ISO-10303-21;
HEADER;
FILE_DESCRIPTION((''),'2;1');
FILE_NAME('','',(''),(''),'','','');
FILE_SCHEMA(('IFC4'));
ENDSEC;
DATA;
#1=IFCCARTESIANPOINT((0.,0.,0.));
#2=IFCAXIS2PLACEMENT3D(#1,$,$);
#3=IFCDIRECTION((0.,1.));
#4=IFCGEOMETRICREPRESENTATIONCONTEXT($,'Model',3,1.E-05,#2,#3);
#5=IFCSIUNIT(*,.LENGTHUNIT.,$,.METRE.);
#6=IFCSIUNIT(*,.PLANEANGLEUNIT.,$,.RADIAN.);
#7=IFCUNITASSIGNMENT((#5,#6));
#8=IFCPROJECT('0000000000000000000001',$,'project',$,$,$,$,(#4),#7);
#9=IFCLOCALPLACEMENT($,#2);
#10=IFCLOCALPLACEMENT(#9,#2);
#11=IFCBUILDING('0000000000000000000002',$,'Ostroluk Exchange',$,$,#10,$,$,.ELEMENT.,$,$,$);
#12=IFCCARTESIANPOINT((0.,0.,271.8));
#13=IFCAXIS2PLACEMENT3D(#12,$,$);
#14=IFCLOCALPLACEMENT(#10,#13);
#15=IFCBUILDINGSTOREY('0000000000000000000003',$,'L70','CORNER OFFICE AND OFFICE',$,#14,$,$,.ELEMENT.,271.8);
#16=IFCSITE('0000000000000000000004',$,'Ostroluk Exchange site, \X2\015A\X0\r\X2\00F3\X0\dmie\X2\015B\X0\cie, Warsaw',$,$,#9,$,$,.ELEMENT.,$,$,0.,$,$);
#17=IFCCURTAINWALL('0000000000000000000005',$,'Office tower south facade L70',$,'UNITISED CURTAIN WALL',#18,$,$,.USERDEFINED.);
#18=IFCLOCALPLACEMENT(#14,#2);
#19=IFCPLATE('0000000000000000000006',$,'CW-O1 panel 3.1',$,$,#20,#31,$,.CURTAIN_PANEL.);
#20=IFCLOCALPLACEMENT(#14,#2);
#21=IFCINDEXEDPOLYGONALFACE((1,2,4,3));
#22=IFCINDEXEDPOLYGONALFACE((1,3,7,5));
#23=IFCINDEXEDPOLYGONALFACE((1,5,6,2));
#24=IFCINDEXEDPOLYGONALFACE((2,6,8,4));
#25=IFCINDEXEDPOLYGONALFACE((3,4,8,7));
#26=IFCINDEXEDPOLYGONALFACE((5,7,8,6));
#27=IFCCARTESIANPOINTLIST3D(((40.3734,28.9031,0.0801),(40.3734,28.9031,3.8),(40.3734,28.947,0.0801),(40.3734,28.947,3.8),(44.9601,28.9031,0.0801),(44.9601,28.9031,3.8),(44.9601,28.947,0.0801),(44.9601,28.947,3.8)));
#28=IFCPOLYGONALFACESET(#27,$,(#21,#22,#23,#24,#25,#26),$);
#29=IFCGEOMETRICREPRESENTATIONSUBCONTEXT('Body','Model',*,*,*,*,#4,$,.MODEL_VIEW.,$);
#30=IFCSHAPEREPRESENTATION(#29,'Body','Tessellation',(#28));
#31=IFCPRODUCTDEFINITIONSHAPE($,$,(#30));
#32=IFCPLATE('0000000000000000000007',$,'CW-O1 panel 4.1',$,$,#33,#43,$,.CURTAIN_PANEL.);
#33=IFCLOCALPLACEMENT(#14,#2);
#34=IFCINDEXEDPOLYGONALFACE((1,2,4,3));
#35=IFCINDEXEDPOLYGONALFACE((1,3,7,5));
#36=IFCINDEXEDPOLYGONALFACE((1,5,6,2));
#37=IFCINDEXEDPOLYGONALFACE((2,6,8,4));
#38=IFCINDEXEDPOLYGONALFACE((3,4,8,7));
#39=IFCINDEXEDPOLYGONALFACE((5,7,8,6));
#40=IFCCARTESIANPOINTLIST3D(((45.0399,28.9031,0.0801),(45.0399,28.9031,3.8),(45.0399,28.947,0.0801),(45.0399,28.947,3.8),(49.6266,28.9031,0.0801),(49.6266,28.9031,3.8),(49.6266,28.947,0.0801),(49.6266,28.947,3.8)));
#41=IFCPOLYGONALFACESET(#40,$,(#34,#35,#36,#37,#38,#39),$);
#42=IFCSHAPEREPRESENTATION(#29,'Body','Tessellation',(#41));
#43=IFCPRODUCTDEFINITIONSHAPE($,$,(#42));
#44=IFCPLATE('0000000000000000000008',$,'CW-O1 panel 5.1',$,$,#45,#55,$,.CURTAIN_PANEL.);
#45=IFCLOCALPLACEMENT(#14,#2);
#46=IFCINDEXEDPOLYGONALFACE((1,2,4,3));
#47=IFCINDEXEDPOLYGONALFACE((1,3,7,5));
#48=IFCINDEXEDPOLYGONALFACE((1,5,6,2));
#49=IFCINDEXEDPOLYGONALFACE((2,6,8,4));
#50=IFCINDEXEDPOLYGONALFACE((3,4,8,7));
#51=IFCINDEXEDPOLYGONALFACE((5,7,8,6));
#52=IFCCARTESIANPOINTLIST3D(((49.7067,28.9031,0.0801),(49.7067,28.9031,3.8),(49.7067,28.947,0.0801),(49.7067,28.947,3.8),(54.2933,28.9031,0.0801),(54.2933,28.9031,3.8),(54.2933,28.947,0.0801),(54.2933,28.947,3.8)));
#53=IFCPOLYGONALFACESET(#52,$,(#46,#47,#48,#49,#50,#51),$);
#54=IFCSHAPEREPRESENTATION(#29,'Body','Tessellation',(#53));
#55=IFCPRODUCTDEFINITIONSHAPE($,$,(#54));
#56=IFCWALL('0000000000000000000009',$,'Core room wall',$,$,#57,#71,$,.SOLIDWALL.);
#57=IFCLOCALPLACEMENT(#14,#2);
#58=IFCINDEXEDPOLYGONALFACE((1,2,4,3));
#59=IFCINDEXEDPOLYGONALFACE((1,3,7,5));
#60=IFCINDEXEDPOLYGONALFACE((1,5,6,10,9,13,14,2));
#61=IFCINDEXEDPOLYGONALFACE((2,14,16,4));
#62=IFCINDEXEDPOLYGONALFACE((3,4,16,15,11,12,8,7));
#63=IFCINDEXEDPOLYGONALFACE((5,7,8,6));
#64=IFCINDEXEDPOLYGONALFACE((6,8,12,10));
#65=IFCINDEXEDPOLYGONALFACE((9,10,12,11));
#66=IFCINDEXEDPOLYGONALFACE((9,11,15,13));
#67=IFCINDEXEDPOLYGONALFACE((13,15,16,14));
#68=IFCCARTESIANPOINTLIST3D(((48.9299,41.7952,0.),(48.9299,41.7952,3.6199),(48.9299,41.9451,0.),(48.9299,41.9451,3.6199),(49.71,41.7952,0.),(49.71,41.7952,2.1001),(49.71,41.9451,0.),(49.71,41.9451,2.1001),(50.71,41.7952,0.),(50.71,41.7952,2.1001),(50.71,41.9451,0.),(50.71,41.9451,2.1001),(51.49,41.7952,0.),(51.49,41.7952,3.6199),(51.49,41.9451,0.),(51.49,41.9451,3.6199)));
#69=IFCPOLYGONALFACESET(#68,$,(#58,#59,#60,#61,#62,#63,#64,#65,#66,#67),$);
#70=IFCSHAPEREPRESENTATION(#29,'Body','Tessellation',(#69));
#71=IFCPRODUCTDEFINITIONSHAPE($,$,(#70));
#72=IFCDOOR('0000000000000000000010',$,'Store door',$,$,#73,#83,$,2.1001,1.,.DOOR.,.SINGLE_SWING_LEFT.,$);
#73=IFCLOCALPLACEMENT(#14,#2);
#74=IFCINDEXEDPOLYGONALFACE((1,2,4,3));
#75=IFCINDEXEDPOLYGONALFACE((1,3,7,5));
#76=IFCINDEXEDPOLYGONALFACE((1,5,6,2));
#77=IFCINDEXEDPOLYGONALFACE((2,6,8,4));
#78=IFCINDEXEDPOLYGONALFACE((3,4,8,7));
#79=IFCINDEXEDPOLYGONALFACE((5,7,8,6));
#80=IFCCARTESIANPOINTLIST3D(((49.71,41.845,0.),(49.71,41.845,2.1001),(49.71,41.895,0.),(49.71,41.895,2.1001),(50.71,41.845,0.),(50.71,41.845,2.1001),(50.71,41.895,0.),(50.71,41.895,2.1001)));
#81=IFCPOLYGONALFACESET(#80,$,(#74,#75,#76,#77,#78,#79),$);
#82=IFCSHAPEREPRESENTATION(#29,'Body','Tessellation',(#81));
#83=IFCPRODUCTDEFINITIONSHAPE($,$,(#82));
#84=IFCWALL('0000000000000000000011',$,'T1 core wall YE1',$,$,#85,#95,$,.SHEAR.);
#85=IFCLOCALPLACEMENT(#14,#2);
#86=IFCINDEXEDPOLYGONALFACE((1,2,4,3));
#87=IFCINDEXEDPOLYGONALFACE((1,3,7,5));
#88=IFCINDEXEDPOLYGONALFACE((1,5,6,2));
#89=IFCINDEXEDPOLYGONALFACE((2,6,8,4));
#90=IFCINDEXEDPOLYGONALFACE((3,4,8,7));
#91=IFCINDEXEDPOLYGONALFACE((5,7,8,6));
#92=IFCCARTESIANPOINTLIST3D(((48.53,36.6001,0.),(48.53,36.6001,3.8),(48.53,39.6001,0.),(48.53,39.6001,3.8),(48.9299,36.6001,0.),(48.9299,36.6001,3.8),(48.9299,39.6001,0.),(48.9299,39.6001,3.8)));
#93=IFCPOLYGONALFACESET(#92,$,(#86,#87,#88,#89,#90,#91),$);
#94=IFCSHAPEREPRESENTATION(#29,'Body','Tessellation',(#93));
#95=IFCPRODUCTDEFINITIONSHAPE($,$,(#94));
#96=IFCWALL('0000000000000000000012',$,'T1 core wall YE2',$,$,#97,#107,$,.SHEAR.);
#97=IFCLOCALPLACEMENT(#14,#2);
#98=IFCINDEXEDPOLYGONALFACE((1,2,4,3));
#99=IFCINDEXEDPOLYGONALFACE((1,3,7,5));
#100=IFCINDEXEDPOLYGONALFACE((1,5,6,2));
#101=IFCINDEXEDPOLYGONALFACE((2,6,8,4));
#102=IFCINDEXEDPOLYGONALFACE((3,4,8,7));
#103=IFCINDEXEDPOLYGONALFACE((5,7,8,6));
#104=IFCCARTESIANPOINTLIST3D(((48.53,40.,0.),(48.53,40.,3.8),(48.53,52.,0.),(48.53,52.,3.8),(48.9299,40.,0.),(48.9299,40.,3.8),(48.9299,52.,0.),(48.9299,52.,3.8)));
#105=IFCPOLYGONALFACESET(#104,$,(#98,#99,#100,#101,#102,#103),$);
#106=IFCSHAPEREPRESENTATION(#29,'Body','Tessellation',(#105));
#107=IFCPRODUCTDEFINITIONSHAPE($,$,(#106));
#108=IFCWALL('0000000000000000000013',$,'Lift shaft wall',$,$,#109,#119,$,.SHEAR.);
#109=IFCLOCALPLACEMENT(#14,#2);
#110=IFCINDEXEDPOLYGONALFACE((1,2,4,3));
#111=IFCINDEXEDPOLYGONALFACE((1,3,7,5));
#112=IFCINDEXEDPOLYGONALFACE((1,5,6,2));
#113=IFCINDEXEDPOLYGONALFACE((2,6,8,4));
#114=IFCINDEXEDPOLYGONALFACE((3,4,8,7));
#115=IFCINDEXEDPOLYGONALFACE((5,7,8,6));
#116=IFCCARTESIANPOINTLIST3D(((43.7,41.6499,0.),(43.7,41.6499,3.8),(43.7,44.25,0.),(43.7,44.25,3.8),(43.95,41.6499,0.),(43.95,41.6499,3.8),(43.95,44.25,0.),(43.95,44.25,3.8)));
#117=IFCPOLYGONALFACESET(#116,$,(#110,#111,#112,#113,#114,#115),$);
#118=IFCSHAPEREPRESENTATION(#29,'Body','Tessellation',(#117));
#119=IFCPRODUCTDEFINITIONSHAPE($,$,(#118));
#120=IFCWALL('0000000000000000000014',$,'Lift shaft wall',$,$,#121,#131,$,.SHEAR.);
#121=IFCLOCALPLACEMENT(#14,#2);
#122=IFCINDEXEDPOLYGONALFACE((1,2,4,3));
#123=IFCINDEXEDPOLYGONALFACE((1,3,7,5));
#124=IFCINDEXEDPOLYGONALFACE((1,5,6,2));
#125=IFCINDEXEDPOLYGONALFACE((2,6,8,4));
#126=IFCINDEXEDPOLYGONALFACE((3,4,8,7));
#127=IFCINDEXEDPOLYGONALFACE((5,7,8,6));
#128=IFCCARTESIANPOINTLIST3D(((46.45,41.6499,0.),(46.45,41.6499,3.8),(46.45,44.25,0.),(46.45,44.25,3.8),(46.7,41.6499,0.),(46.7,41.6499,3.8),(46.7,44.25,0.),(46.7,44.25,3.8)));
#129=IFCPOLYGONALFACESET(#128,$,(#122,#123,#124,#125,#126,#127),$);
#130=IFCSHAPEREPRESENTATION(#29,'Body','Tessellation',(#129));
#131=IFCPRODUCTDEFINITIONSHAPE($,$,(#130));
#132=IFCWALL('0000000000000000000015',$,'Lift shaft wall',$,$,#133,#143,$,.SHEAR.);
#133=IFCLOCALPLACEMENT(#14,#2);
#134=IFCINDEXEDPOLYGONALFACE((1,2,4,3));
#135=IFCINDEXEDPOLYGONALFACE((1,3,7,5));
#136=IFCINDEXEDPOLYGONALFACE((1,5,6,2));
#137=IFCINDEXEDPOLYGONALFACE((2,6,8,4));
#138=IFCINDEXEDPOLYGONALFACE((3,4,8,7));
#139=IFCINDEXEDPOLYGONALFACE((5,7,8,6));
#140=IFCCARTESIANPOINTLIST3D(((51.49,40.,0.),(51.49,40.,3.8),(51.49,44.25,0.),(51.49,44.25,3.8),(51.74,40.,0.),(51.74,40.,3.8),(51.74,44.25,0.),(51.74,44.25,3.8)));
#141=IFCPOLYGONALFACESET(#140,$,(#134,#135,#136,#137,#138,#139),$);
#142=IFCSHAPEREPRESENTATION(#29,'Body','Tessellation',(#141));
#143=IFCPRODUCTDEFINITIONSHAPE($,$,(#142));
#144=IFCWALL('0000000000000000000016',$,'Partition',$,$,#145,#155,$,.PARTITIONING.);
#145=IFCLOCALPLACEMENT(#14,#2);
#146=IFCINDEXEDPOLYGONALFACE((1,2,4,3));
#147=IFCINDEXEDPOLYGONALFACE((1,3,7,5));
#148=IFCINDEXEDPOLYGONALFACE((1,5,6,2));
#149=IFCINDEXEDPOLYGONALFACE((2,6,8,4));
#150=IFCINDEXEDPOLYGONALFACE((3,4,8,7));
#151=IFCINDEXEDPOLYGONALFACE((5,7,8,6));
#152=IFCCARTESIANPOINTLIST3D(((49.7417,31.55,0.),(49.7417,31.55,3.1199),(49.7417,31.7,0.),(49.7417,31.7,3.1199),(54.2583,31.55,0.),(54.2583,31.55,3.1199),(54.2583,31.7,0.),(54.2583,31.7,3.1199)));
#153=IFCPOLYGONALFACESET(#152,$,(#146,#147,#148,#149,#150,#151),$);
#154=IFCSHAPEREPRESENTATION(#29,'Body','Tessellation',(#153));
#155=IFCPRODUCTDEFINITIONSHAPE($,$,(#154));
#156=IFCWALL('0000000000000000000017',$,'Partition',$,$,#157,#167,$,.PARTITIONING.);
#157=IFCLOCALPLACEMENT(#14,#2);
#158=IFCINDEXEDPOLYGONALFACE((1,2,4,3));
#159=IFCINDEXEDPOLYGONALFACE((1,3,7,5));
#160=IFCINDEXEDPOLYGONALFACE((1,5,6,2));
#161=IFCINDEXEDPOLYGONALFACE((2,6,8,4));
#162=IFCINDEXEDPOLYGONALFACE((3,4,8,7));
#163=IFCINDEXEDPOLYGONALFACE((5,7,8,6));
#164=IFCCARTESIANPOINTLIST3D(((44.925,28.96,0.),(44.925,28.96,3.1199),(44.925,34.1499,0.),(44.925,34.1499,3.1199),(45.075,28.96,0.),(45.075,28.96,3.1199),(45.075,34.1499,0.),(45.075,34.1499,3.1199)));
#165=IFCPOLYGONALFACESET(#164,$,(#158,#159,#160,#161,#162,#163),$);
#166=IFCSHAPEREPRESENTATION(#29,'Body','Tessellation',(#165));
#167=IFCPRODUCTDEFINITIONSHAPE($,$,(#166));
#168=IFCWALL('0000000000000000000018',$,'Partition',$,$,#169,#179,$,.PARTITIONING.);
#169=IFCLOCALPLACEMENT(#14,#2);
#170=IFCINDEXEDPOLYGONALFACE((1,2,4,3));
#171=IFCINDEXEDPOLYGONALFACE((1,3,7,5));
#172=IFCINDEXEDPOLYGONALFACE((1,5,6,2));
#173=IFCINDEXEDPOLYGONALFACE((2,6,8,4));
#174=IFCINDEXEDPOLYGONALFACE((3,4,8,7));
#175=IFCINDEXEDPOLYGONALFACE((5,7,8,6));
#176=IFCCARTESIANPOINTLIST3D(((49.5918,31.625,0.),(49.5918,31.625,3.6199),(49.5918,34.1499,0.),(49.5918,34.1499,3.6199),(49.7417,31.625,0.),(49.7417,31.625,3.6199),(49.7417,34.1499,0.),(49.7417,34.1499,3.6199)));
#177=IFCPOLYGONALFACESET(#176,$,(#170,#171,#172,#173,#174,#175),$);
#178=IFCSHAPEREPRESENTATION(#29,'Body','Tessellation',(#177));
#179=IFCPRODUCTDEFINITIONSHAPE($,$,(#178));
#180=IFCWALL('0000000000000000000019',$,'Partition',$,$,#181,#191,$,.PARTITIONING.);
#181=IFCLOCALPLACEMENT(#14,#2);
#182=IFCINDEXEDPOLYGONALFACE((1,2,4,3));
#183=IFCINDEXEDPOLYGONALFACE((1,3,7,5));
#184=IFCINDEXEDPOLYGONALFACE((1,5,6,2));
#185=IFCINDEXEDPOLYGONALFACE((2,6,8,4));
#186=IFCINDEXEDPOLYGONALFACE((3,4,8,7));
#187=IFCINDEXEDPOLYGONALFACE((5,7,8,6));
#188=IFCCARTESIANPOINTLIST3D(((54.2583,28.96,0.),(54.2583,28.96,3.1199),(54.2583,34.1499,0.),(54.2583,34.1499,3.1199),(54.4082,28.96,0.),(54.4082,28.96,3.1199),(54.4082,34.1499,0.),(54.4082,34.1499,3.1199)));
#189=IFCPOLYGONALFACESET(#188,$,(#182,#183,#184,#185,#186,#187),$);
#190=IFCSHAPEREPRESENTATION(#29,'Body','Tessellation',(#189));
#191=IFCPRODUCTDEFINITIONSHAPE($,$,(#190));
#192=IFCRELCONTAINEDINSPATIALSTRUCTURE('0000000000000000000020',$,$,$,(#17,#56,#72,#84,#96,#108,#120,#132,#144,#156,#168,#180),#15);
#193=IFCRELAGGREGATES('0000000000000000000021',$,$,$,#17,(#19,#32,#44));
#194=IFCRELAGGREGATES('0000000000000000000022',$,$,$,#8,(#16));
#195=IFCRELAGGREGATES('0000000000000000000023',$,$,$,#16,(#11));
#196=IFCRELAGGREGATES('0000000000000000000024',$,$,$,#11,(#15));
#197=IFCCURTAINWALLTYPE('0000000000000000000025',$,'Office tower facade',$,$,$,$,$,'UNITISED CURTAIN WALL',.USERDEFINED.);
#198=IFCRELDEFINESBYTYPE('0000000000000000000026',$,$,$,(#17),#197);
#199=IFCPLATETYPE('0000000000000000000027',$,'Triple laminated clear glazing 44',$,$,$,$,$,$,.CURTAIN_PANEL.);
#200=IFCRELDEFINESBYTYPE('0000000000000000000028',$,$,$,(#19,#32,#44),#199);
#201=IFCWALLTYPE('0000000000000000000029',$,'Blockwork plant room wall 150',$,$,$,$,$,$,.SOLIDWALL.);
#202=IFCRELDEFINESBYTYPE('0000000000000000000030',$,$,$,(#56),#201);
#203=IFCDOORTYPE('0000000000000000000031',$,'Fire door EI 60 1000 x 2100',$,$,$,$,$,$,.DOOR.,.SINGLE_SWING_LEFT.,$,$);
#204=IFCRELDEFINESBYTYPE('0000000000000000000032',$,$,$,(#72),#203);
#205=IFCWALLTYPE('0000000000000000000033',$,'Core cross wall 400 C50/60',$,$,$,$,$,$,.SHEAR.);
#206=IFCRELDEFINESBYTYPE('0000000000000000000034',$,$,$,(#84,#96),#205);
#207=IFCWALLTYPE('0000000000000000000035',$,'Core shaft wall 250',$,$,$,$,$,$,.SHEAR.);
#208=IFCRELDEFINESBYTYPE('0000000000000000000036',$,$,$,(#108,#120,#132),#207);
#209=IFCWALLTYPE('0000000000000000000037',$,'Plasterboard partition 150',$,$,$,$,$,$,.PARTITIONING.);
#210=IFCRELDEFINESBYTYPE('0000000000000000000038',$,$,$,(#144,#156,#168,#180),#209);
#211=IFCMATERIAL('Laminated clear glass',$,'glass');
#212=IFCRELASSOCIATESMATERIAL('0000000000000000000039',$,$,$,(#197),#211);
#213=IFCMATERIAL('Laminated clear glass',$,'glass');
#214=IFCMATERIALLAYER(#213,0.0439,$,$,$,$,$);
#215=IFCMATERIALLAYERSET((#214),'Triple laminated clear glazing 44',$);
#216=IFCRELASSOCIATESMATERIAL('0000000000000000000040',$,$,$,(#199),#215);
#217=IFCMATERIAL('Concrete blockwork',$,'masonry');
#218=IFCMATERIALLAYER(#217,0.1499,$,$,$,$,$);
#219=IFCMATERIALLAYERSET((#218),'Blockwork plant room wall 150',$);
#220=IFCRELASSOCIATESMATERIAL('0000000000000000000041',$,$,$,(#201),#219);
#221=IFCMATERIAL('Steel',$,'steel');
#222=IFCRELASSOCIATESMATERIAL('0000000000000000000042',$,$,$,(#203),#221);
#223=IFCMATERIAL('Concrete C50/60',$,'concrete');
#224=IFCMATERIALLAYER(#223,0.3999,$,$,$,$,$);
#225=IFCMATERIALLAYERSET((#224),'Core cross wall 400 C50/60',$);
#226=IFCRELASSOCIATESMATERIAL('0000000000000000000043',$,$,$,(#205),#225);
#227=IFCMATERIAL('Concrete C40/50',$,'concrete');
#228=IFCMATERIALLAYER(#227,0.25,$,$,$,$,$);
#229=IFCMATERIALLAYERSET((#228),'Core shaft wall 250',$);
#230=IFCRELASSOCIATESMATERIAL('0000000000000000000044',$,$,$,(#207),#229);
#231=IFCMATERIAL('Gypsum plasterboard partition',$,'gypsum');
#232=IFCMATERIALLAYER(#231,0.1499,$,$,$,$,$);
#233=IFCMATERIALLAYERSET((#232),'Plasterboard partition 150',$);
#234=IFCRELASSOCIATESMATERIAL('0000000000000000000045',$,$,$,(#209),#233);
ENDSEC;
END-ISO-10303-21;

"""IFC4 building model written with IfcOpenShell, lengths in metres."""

from ifc_helpers import new_model, si_unit, direction, frame, frame_2d, origin, origin_2d, place, context, subcontext, project, spatial, rectangle, extrude, material, layer, layer_set, type_object, element, fill, aggregate, save


model = new_model("IFC4")

# Units and contexts
model_context = context("Model", 3, precision=1e-05, world=origin(), true_north=direction((0.0, 1.0)))
body_context = subcontext(model_context, "Body", "Model", "MODEL_VIEW")
ifc_project = project(units=[si_unit("LENGTHUNIT", "METRE"), si_unit("PLANEANGLEUNIT", "RADIAN")], contexts=[model_context])

# Site, building, storey
site_placement = place(None, origin())
site = spatial("IfcSite", under=ifc_project, at=site_placement, Name="Ostroluk Exchange site, Śródmieście, Warsaw", CompositionType="ELEMENT", RefElevation=0.0)
building_placement = place(site_placement, origin())
building = spatial("IfcBuilding", under=site, at=building_placement, Name="Ostroluk Exchange", CompositionType="ELEMENT")
storey_placement = place(building_placement, frame((0.0, 0.0, 271.8)))
storey = spatial("IfcBuildingStorey", under=building, at=storey_placement, Name="L70", Description="CORNER OFFICE AND OFFICE", CompositionType="ELEMENT", Elevation=271.8)

# Curtain wall, plates
ifc_material_1 = material(Name="Laminated clear glass", Category="glass")
curtain_wall_type = type_object("IfcCurtainWallType", Name="Office tower facade", ElementType="UNITISED CURTAIN WALL", PredefinedType="USERDEFINED", material=ifc_material_1)
curtain_wall_placement = place(storey_placement, origin())
curtain_wall = element("IfcCurtainWall", 1, at=curtain_wall_placement, inside=storey, type_object=curtain_wall_type, Name="Office tower south facade L70", ObjectType="UNITISED CURTAIN WALL", PredefinedType="USERDEFINED")
ifc_material_2 = material(Name="Laminated clear glass", Category="glass")
ifc_layer_1 = layer(ifc_material_2, 0.0439)
ifc_layer_set_1 = layer_set([ifc_layer_1], Name="Triple laminated clear glazing 44")
plate_type = type_object("IfcPlateType", Name="Triple laminated clear glazing 44", PredefinedType="CURTAIN_PANEL", material=ifc_layer_set_1)
plate_1_placement = place(storey_placement, frame((42.6667, 28.925, 0.0801), z_axis=(0.0, 0.0, 1.0), x_axis=(1.0, 0.0, 0.0)))
plate_1 = element("IfcPlate", 2, at=plate_1_placement, type_object=plate_type, Name="CW-O1 panel 3.1", PredefinedType="CURTAIN_PANEL", context=body_context, shape_type="SweptSolid", body=[
    extrude(rectangle(XDim=4.5867, YDim=0.0439, at=origin_2d()), origin(), (0.0, 0.0, 1.0), 3.72),
])
plate_2_placement = place(storey_placement, frame((47.3333, 28.925, 0.0801), z_axis=(0.0, 0.0, 1.0), x_axis=(1.0, 0.0, 0.0)))
plate_2 = element("IfcPlate", 3, at=plate_2_placement, type_object=plate_type, Name="CW-O1 panel 4.1", PredefinedType="CURTAIN_PANEL", context=body_context, shape_type="SweptSolid", body=[
    extrude(rectangle(XDim=4.5867, YDim=0.0439, at=origin_2d()), origin(), (0.0, 0.0, 1.0), 3.72),
])
plate_3_placement = place(storey_placement, frame((52.0, 28.925, 0.0801), z_axis=(0.0, 0.0, 1.0), x_axis=(1.0, 0.0, 0.0)))
plate_3 = element("IfcPlate", 4, at=plate_3_placement, type_object=plate_type, Name="CW-O1 panel 5.1", PredefinedType="CURTAIN_PANEL", context=body_context, shape_type="SweptSolid", body=[
    extrude(rectangle(XDim=4.5867, YDim=0.0439, at=origin_2d()), origin(), (0.0, 0.0, 1.0), 3.72),
])
aggregate(curtain_wall, [plate_1, plate_2, plate_3])

# Wall, opening, door
ifc_material_3 = material(Name="Concrete blockwork", Category="masonry")
ifc_layer_2 = layer(ifc_material_3, 0.1499)
ifc_layer_set_2 = layer_set([ifc_layer_2], Name="Blockwork plant room wall 150")
wall_type_1 = type_object("IfcWallType", Name="Blockwork plant room wall 150", PredefinedType="SOLIDWALL", material=ifc_layer_set_2)
wall_1_placement = place(storey_placement, frame((48.9299, 41.8701, 0.0), z_axis=(0.0, 0.0, 1.0), x_axis=(1.0, 0.0, 0.0)))
wall_1 = element("IfcWall", 5, at=wall_1_placement, inside=storey, type_object=wall_type_1, Name="Core room wall", PredefinedType="SOLIDWALL", context=body_context, shape_type="SweptSolid", body=[
    extrude(rectangle(XDim=2.5601, YDim=0.1499, at=frame_2d((1.28, 0.0))), origin(), (0.0, 0.0, 1.0), 3.6199),
])
opening_1_placement = place(wall_1_placement, frame((0.78, 0.0, 0.0)))
opening_1 = element("IfcOpeningElement", 6, at=opening_1_placement, cuts=wall_1, PredefinedType="OPENING", context=body_context, shape_type="SweptSolid", body=[
    extrude(rectangle(XDim=1.0, YDim=2.1001, at=frame_2d((0.5, 1.05))), frame((0.0, 0.085, 0.0), z_axis=(0.0, -1.0, 0.0), x_axis=(1.0, 0.0, 0.0)), (0.0, 0.0, 1.0), 0.1699),
])
ifc_material_4 = material(Name="Steel", Category="steel")
door_type_1 = type_object("IfcDoorType", Name="Fire door EI 60 1000 x 2100", OperationType="SINGLE_SWING_LEFT", PredefinedType="DOOR", material=ifc_material_4)
door_1_placement = place(opening_1_placement, origin())
door_1 = element("IfcDoor", 7, at=door_1_placement, inside=storey, type_object=door_type_1, Name="Store door", OperationType="SINGLE_SWING_LEFT", OverallHeight=2.1001, OverallWidth=1.0, PredefinedType="DOOR", context=body_context, shape_type="SweptSolid", body=[
    extrude(rectangle(XDim=1.0, YDim=2.1001, at=frame_2d((0.5, 1.05))), frame((0.0, 0.0249, 0.0), z_axis=(0.0, -1.0, 0.0), x_axis=(1.0, 0.0, 0.0)), (0.0, 0.0, 1.0), 0.05),
])
fill(opening_1, door_1)

# Walls
ifc_material_5 = material(Name="Concrete C50/60", Category="concrete")
ifc_layer_3 = layer(ifc_material_5, 0.3999)
ifc_layer_set_3 = layer_set([ifc_layer_3], Name="Core cross wall 400 C50/60")
wall_type_2 = type_object("IfcWallType", Name="Core cross wall 400 C50/60", PredefinedType="SHEAR", material=ifc_layer_set_3)
wall_2_placement = place(storey_placement, frame((48.73, 36.6001, 0.0), z_axis=(0.0, 0.0, 1.0), x_axis=(0.0, 1.0, 0.0)))
element("IfcWall", 8, at=wall_2_placement, inside=storey, type_object=wall_type_2, Name="T1 core wall YE1", PredefinedType="SHEAR", context=body_context, shape_type="SweptSolid", body=[
    extrude(rectangle(XDim=3.0, YDim=0.3999, at=frame_2d((1.5, 0.0))), origin(), (0.0, 0.0, 1.0), 3.8),
])
wall_3_placement = place(storey_placement, frame((48.73, 40.0, 0.0), z_axis=(0.0, 0.0, 1.0), x_axis=(0.0, 1.0, 0.0)))
element("IfcWall", 9, at=wall_3_placement, inside=storey, type_object=wall_type_2, Name="T1 core wall YE2", PredefinedType="SHEAR", context=body_context, shape_type="SweptSolid", body=[
    extrude(rectangle(XDim=12.0, YDim=0.3999, at=frame_2d((6.0, 0.0))), origin(), (0.0, 0.0, 1.0), 3.8),
])

# Shared definitions
ifc_material_6 = material(Name="Concrete C40/50", Category="concrete")
ifc_layer_4 = layer(ifc_material_6, 0.25)
ifc_layer_set_4 = layer_set([ifc_layer_4], Name="Core shaft wall 250")
wall_type_3 = type_object("IfcWallType", Name="Core shaft wall 250", PredefinedType="SHEAR", material=ifc_layer_set_4)

# Walls
for number, where, z_axis, x_axis, name in (
    (10, (43.825, 44.25, 0.0), (0.0, 0.0, 1.0), (0.0, -1.0, 0.0), "Lift shaft wall"),
    (11, (46.575, 44.25, 0.0), (0.0, 0.0, 1.0), (0.0, -1.0, 0.0), "Lift shaft wall"),
):
    element("IfcWall", number, at=place(storey_placement, frame(where, z_axis=z_axis, x_axis=x_axis)), inside=storey, type_object=wall_type_3, Name=name, PredefinedType="SHEAR", context=body_context, shape_type="SweptSolid", body=[
        extrude(rectangle(XDim=2.6001, YDim=0.25, at=frame_2d((1.3, 0.0))), origin(), (0.0, 0.0, 1.0), 3.8),
    ])
wall_4_placement = place(storey_placement, frame((51.615, 44.25, 0.0), z_axis=(0.0, 0.0, 1.0), x_axis=(0.0, -1.0, 0.0)))
element("IfcWall", 12, at=wall_4_placement, inside=storey, type_object=wall_type_3, Name="Lift shaft wall", PredefinedType="SHEAR", context=body_context, shape_type="SweptSolid", body=[
    extrude(rectangle(XDim=4.25, YDim=0.25, at=frame_2d((2.125, 0.0))), origin(), (0.0, 0.0, 1.0), 3.8),
])

# Walls
ifc_material_7 = material(Name="Gypsum plasterboard partition", Category="gypsum")
ifc_layer_5 = layer(ifc_material_7, 0.1499)
ifc_layer_set_5 = layer_set([ifc_layer_5], Name="Plasterboard partition 150")
wall_type_4 = type_object("IfcWallType", Name="Plasterboard partition 150", PredefinedType="PARTITIONING", material=ifc_layer_set_5)
wall_5_placement = place(storey_placement, frame((49.7417, 31.625, 0.0), z_axis=(0.0, 0.0, 1.0), x_axis=(1.0, 0.0, 0.0)))
element("IfcWall", 13, at=wall_5_placement, inside=storey, type_object=wall_type_4, Name="Partition", PredefinedType="PARTITIONING", context=body_context, shape_type="SweptSolid", body=[
    extrude(rectangle(XDim=4.5166, YDim=0.1499, at=frame_2d((2.2583, 0.0))), origin(), (0.0, 0.0, 1.0), 3.1199),
])
wall_6_placement = place(storey_placement, frame((45.0, 34.1499, 0.0), z_axis=(0.0, 0.0, 1.0), x_axis=(0.0, -1.0, 0.0)))
element("IfcWall", 14, at=wall_6_placement, inside=storey, type_object=wall_type_4, Name="Partition", PredefinedType="PARTITIONING", context=body_context, shape_type="SweptSolid", body=[
    extrude(rectangle(XDim=5.1899, YDim=0.1499, at=frame_2d((2.595, 0.0))), origin(), (0.0, 0.0, 1.0), 3.1199),
])
wall_7_placement = place(storey_placement, frame((49.6667, 34.1499, 0.0), z_axis=(0.0, 0.0, 1.0), x_axis=(0.0, -1.0, 0.0)))
element("IfcWall", 15, at=wall_7_placement, inside=storey, type_object=wall_type_4, Name="Partition", PredefinedType="PARTITIONING", context=body_context, shape_type="SweptSolid", body=[
    extrude(rectangle(XDim=2.5249, YDim=0.1499, at=frame_2d((1.2625, 0.0))), origin(), (0.0, 0.0, 1.0), 3.6199),
])
wall_8_placement = place(storey_placement, frame((54.3333, 34.1499, 0.0), z_axis=(0.0, 0.0, 1.0), x_axis=(0.0, -1.0, 0.0)))
element("IfcWall", 16, at=wall_8_placement, inside=storey, type_object=wall_type_4, Name="Partition", PredefinedType="PARTITIONING", context=body_context, shape_type="SweptSolid", body=[
    extrude(rectangle(XDim=5.1899, YDim=0.1499, at=frame_2d((2.595, 0.0))), origin(), (0.0, 0.0, 1.0), 3.1199),
])

save(model, "model.ifc")
